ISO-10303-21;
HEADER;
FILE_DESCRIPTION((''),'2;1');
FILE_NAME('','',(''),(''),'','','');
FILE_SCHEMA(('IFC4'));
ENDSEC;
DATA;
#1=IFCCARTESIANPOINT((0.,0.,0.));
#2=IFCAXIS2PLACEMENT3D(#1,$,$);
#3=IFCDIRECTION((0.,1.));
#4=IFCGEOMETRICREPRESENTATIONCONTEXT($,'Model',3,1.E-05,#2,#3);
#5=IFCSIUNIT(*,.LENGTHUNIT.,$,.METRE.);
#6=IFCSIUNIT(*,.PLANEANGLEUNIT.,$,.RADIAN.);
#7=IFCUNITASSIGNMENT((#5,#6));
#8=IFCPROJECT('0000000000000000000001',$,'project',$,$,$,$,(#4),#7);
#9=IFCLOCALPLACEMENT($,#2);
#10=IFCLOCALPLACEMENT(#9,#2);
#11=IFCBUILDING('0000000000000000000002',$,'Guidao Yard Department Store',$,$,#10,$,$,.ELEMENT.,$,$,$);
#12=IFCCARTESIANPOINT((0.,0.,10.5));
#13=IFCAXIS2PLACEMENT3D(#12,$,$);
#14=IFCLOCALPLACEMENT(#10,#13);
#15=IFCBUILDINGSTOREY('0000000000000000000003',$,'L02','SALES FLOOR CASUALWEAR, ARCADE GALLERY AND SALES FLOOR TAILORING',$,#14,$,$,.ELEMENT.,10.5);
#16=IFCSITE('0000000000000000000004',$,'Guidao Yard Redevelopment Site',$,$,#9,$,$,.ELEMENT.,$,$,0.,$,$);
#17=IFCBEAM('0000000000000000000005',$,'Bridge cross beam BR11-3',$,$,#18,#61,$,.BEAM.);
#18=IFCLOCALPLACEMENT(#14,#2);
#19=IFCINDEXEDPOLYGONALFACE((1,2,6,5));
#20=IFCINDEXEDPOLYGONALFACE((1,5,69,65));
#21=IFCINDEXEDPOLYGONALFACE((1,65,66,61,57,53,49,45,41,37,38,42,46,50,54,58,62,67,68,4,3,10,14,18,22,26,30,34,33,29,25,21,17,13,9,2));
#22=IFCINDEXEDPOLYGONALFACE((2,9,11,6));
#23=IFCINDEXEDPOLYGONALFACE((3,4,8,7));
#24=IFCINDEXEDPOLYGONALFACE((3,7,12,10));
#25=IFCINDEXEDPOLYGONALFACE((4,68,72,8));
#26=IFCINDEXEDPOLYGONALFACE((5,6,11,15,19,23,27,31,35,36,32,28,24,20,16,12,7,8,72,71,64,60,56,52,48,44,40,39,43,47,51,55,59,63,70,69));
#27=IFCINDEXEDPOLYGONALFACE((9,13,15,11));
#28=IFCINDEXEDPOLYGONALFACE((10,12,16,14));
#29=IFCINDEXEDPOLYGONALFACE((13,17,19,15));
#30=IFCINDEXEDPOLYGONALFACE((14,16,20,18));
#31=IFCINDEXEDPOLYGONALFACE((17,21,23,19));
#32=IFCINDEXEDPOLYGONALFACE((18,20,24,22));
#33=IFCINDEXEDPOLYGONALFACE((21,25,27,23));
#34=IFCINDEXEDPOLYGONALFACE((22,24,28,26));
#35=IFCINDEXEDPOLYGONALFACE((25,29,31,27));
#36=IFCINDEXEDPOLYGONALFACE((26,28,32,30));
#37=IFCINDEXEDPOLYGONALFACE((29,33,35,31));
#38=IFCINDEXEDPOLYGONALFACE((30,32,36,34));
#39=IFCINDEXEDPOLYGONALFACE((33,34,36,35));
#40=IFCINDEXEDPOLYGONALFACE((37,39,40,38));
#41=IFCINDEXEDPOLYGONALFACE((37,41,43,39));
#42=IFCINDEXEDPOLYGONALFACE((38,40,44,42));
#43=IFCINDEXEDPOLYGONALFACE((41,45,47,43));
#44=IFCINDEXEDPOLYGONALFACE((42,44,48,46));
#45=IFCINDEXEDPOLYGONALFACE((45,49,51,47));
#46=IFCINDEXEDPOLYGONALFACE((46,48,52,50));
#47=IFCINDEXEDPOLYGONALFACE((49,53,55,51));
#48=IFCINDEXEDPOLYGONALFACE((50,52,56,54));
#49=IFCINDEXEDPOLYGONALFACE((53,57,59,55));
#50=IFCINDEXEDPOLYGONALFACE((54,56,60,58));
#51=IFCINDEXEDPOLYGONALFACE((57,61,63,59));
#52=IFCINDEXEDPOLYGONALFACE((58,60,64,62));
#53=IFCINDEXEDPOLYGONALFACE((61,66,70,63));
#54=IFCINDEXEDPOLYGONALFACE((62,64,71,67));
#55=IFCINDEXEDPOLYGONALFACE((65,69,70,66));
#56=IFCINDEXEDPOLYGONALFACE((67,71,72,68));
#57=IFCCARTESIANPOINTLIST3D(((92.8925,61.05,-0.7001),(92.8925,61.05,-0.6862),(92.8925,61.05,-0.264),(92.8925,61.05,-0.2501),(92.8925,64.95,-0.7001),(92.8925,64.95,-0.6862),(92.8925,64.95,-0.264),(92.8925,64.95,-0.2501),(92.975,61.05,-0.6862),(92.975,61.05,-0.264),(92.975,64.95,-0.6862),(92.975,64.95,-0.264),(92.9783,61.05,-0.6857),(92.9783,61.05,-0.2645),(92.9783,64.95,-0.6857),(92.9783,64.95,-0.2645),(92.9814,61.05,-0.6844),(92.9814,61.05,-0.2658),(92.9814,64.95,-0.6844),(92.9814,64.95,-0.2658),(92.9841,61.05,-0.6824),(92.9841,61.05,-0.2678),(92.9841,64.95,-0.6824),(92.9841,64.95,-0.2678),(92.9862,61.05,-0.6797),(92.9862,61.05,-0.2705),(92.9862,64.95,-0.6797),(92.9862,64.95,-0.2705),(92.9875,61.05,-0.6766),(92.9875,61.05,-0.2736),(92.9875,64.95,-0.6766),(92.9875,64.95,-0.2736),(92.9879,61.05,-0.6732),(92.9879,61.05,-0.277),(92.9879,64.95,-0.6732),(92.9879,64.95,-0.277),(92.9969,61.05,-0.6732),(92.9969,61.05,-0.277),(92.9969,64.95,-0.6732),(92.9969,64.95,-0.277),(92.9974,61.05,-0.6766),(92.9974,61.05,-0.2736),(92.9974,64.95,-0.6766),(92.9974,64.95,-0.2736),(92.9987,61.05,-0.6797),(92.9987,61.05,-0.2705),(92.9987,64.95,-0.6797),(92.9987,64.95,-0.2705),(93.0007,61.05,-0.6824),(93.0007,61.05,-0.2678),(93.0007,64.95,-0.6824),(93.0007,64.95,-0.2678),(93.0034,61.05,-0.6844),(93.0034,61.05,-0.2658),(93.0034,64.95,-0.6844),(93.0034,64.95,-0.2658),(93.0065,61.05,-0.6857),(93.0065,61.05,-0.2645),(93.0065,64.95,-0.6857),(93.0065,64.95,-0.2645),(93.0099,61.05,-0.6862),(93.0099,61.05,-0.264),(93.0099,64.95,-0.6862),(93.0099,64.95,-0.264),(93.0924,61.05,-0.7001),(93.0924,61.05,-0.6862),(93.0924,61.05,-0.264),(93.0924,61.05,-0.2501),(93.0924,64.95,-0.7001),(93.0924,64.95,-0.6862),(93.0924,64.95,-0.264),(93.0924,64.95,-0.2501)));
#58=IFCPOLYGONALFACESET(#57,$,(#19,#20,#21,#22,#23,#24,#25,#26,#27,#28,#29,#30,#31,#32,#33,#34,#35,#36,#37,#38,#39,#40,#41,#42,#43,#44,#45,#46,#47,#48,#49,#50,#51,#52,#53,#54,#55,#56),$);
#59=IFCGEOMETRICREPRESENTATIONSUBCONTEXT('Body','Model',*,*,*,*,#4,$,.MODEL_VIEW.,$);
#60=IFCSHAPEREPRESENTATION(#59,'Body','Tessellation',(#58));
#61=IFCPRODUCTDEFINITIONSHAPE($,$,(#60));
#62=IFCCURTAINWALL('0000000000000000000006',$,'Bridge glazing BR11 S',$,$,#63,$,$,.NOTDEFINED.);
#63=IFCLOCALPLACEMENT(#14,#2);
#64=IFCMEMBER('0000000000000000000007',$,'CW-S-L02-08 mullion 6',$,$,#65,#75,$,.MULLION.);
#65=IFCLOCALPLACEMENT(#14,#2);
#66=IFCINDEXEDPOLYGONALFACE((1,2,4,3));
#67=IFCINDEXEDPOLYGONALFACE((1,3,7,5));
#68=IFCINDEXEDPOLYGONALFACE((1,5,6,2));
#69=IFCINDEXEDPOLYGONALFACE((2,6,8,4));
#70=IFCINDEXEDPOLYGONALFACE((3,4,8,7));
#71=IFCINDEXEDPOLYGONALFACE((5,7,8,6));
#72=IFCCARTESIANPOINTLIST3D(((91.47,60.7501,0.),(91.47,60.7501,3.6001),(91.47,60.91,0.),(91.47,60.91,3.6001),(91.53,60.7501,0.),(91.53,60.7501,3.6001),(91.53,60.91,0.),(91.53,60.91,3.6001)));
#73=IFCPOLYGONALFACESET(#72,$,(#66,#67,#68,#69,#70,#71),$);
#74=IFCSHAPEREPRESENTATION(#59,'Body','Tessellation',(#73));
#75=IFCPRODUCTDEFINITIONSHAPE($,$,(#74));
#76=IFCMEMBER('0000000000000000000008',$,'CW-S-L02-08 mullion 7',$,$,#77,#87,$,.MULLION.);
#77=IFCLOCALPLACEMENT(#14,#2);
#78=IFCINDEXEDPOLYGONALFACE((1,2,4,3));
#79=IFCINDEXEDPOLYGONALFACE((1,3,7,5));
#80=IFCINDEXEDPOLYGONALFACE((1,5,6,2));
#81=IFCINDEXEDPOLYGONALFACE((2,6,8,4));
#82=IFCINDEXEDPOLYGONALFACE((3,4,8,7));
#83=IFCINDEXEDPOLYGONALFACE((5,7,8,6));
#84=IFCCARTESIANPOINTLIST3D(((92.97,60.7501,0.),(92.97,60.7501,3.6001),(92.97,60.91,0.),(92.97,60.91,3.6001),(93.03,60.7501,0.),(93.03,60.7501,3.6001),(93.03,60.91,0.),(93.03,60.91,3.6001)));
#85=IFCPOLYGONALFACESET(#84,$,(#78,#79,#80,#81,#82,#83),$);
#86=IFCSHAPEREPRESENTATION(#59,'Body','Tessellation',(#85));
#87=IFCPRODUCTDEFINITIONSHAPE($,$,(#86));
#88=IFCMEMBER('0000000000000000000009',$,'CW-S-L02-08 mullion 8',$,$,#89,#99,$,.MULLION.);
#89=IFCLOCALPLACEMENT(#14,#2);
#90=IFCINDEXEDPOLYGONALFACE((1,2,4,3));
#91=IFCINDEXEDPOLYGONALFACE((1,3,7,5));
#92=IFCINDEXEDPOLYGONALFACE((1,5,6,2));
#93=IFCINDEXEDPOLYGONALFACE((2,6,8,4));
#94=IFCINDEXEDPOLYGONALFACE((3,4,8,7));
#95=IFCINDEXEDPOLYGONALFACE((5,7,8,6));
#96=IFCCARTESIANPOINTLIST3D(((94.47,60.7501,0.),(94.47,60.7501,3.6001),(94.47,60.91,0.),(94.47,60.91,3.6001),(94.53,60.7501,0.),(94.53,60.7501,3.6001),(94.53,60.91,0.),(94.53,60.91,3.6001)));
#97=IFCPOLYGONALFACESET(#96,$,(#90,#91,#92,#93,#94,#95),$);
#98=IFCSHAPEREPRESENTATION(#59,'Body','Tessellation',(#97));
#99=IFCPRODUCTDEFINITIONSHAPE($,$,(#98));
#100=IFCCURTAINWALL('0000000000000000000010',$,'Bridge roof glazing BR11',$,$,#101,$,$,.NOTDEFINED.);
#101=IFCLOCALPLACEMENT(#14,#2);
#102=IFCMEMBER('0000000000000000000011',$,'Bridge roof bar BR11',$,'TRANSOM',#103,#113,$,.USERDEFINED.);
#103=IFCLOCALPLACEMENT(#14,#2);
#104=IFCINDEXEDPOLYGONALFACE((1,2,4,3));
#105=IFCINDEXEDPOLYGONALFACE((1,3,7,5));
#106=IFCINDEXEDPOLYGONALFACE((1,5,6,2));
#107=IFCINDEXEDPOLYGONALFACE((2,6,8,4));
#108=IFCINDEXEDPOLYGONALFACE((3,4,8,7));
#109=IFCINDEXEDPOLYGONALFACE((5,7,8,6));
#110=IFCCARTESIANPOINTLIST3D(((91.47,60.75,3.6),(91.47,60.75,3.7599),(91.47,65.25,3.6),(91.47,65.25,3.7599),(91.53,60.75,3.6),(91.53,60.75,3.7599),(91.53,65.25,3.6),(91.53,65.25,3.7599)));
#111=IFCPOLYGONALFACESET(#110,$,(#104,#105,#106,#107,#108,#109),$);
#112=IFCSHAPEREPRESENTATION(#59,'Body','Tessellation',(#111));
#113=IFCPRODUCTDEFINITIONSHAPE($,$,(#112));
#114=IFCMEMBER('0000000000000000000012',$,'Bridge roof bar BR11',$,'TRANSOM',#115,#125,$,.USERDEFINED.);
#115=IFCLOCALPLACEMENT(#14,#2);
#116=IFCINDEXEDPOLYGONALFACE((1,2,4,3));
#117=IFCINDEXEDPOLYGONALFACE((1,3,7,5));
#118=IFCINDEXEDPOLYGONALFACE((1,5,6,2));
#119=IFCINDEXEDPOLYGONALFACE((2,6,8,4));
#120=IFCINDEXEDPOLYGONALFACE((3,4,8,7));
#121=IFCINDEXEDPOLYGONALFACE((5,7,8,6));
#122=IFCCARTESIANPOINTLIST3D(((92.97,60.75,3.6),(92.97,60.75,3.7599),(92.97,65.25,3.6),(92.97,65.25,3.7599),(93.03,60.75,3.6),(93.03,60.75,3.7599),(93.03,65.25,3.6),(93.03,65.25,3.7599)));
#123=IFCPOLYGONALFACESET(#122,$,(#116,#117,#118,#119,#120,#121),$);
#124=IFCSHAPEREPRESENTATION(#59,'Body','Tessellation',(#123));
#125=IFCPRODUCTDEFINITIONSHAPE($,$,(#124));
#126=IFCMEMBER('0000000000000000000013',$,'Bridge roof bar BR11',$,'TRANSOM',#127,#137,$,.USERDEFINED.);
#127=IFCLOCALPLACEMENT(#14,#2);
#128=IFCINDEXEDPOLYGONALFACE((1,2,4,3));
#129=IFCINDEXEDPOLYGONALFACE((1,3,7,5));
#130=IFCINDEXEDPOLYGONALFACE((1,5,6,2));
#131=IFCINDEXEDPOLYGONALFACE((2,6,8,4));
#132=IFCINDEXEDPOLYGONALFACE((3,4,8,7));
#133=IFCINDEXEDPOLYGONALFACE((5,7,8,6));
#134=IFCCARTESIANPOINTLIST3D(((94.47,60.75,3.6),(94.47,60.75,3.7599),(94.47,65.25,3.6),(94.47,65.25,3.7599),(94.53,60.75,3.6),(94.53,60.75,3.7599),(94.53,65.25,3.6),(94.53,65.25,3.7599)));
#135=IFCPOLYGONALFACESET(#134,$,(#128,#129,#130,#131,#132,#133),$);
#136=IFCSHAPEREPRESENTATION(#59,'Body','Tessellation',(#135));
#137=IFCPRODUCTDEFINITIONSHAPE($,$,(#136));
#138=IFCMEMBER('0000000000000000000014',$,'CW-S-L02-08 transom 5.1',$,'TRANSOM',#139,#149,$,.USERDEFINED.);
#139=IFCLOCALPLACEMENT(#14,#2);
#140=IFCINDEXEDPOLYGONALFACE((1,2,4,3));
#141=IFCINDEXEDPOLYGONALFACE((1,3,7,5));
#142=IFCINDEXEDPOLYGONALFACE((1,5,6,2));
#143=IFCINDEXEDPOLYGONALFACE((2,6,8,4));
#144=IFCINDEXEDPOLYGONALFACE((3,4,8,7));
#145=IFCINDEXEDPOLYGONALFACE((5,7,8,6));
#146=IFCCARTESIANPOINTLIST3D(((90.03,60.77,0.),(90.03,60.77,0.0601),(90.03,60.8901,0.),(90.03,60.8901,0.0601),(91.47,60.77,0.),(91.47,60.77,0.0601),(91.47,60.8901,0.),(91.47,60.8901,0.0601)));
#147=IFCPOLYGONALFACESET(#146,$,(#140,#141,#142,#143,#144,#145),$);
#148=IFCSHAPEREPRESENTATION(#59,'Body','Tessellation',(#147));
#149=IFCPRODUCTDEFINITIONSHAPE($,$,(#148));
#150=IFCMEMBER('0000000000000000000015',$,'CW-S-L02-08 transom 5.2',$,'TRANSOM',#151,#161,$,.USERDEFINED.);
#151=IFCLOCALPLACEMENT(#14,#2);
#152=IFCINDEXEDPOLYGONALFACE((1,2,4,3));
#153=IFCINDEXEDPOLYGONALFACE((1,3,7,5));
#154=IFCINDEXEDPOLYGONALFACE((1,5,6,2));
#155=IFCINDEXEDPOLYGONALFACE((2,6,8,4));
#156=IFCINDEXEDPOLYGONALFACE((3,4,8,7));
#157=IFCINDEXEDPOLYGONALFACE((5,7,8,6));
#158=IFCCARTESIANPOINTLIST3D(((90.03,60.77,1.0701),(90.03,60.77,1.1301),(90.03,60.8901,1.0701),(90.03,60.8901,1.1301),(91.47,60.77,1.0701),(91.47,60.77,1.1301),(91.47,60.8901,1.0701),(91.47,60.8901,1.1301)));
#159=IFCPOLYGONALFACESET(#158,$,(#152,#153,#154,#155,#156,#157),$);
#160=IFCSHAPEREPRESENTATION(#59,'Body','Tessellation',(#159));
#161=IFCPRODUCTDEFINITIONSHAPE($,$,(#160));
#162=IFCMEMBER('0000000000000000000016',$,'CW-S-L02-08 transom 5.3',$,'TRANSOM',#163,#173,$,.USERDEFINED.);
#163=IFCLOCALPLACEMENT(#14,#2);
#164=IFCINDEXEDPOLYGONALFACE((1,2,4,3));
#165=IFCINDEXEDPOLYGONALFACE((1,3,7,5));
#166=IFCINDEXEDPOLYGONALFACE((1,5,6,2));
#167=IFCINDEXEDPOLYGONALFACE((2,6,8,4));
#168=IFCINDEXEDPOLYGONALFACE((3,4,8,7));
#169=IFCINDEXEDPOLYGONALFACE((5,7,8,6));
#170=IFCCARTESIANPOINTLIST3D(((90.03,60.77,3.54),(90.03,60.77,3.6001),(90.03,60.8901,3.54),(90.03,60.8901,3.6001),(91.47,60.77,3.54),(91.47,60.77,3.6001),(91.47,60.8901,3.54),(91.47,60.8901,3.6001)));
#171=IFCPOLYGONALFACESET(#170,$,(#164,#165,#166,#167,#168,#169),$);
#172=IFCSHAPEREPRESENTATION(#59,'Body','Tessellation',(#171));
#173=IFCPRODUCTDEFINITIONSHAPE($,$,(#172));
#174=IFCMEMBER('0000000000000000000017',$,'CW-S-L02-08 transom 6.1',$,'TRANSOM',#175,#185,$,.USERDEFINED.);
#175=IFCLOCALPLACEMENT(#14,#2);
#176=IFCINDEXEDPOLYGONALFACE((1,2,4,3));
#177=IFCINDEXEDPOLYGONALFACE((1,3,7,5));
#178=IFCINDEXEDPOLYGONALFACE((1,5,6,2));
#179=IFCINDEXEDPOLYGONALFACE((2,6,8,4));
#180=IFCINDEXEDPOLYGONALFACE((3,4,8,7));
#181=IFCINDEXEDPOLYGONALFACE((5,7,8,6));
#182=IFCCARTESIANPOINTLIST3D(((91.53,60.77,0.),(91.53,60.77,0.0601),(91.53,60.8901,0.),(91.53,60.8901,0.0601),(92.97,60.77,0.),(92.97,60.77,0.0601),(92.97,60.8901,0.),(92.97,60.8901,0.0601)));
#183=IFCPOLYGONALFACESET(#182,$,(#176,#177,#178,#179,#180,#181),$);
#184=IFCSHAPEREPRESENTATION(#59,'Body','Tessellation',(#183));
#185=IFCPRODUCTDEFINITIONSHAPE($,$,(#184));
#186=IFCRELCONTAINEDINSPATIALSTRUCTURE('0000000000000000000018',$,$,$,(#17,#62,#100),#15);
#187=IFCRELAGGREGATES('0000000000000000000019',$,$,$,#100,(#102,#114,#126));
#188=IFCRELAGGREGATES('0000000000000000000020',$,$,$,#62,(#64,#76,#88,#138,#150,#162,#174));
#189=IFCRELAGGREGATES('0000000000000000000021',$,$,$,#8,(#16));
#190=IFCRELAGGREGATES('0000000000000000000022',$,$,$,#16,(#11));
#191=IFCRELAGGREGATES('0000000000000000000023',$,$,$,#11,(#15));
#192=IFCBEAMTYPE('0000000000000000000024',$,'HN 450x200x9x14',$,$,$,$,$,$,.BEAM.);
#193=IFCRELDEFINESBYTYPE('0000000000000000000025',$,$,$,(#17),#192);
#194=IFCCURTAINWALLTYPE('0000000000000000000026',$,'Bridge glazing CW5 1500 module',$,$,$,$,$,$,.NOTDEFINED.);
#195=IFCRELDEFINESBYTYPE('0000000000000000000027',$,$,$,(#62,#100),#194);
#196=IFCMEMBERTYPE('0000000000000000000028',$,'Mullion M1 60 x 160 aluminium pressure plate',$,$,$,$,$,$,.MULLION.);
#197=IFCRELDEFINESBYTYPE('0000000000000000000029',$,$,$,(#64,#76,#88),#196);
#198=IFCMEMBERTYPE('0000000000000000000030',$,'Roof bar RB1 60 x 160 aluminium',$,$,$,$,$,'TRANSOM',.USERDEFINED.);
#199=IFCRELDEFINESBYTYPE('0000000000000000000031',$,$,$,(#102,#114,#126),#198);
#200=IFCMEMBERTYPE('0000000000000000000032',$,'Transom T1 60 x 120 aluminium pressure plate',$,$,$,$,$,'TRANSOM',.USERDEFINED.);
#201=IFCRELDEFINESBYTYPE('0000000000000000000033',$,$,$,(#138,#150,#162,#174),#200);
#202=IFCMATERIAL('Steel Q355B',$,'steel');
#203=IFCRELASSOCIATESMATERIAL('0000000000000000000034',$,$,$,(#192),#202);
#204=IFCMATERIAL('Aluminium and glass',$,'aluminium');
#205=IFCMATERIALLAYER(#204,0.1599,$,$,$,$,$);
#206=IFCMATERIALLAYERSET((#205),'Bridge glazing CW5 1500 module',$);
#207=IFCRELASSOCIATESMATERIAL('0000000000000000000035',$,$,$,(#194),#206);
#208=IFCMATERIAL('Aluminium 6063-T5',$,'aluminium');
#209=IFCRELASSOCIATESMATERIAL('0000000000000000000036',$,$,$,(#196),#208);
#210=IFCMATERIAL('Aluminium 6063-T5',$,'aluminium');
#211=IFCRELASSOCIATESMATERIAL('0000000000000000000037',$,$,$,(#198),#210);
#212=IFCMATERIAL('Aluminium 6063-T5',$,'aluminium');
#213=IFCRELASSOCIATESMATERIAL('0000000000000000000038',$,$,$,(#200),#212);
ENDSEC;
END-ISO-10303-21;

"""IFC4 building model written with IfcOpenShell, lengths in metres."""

from ifc_helpers import new_model, si_unit, direction, frame, origin, origin_2d, place, context, subcontext, project, spatial, rectangle, i_section, extrude, material, layer, layer_set, material_profile, profile_set, type_object, element, aggregate, save


model = new_model("IFC4")

# Units and contexts
model_context = context("Model", 3, precision=1e-05, world=origin(), true_north=direction((0.0, 1.0)))
body_context = subcontext(model_context, "Body", "Model", "MODEL_VIEW")
ifc_project = project(units=[si_unit("LENGTHUNIT", "METRE"), si_unit("PLANEANGLEUNIT", "RADIAN")], contexts=[model_context])

# Site, building, storey
site_placement = place(None, origin())
site = spatial("IfcSite", under=ifc_project, at=site_placement, Name="Guidao Yard Redevelopment Site", CompositionType="ELEMENT", RefElevation=0.0)
building_placement = place(site_placement, origin())
building = spatial("IfcBuilding", under=site, at=building_placement, Name="Guidao Yard Department Store", CompositionType="ELEMENT")
storey_placement = place(building_placement, frame((0.0, 0.0, 10.5)))
storey = spatial("IfcBuildingStorey", under=building, at=storey_placement, Name="L02", Description="SALES FLOOR CASUALWEAR, ARCADE GALLERY AND SALES FLOOR TAILORING", CompositionType="ELEMENT", Elevation=10.5)

# Beam
ifc_material_1 = material(Name="Steel Q355B", Category="steel")
ifc_material_profile_1 = material_profile(ifc_material_1, i_section(OverallWidth=0.2, OverallDepth=0.45, WebThickness=0.009, FlangeThickness=0.0139, FilletRadius=0.0129, at=origin_2d()), Name="HN 450x200x9x14")
ifc_profile_set_1 = profile_set([ifc_material_profile_1], Name="Steel Q355B")
beam_type = type_object("IfcBeamType", Name="HN 450x200x9x14", PredefinedType="BEAM", material=ifc_profile_set_1)
beam_placement = place(storey_placement, frame((92.9924, 61.05, -0.4751), z_axis=(0.0, 1.0, 0.0), x_axis=(-1.0, 0.0, 0.0)))
element("IfcBeam", 1, at=beam_placement, inside=storey, type_object=beam_type, Name="Bridge cross beam BR11-3", PredefinedType="BEAM", context=body_context, shape_type="SweptSolid", body=[
    extrude(i_section(OverallWidth=0.2, OverallDepth=0.45, WebThickness=0.009, FlangeThickness=0.0139, FilletRadius=0.0129, at=origin_2d()), origin(), (0.0, 0.0, 1.0), 3.8999),
])

# Curtain walls, members
ifc_material_2 = material(Name="Aluminium and glass", Category="aluminium")
ifc_layer_1 = layer(ifc_material_2, 0.1599)
ifc_layer_set_1 = layer_set([ifc_layer_1], Name="Bridge glazing CW5 1500 module")
curtain_wall_type = type_object("IfcCurtainWallType", Name="Bridge glazing CW5 1500 module", PredefinedType="NOTDEFINED", material=ifc_layer_set_1)
curtain_wall_1_placement = place(storey_placement, origin())
curtain_wall_1 = element("IfcCurtainWall", 2, at=curtain_wall_1_placement, inside=storey, type_object=curtain_wall_type, Name="Bridge glazing BR11 S", PredefinedType="NOTDEFINED")
ifc_material_3 = material(Name="Aluminium 6063-T5", Category="aluminium")
ifc_material_profile_2 = material_profile(ifc_material_3, rectangle(XDim=0.0601, YDim=0.1599, at=origin_2d()), Name="Mullion M1 60 x 160 aluminium pressure plate")
ifc_profile_set_2 = profile_set([ifc_material_profile_2], Name="Aluminium 6063-T5")
member_type_1 = type_object("IfcMemberType", Name="Mullion M1 60 x 160 aluminium pressure plate", PredefinedType="MULLION", material=ifc_profile_set_2)
member_1_placement = place(storey_placement, frame((91.5, 60.8301, 0.0), z_axis=(0.0, 0.0, 1.0), x_axis=(-1.0, 0.0, 0.0)))
member_1 = element("IfcMember", 3, at=member_1_placement, type_object=member_type_1, Name="CW-S-L02-08 mullion 6", PredefinedType="MULLION", context=body_context, shape_type="SweptSolid", body=[
    extrude(rectangle(XDim=0.0601, YDim=0.1599, at=origin_2d()), origin(), (0.0, 0.0, 1.0), 3.6001),
])
member_2_placement = place(storey_placement, frame((93.0, 60.8301, 0.0), z_axis=(0.0, 0.0, 1.0), x_axis=(-1.0, 0.0, 0.0)))
member_2 = element("IfcMember", 4, at=member_2_placement, type_object=member_type_1, Name="CW-S-L02-08 mullion 7", PredefinedType="MULLION", context=body_context, shape_type="SweptSolid", body=[
    extrude(rectangle(XDim=0.0601, YDim=0.1599, at=origin_2d()), origin(), (0.0, 0.0, 1.0), 3.6001),
])
member_3_placement = place(storey_placement, frame((94.5, 60.8301, 0.0), z_axis=(0.0, 0.0, 1.0), x_axis=(-1.0, 0.0, 0.0)))
member_3 = element("IfcMember", 5, at=member_3_placement, type_object=member_type_1, Name="CW-S-L02-08 mullion 8", PredefinedType="MULLION", context=body_context, shape_type="SweptSolid", body=[
    extrude(rectangle(XDim=0.0601, YDim=0.1599, at=origin_2d()), origin(), (0.0, 0.0, 1.0), 3.6001),
])
curtain_wall_2_placement = place(storey_placement, origin())
curtain_wall_2 = element("IfcCurtainWall", 6, at=curtain_wall_2_placement, inside=storey, type_object=curtain_wall_type, Name="Bridge roof glazing BR11", PredefinedType="NOTDEFINED")
ifc_material_4 = material(Name="Aluminium 6063-T5", Category="aluminium")
ifc_material_profile_3 = material_profile(ifc_material_4, rectangle(XDim=0.0601, YDim=0.1599, at=origin_2d()), Name="Roof bar RB1 60 x 160 aluminium")
ifc_profile_set_3 = profile_set([ifc_material_profile_3], Name="Aluminium 6063-T5")
member_type_2 = type_object("IfcMemberType", Name="Roof bar RB1 60 x 160 aluminium", ElementType="TRANSOM", PredefinedType="USERDEFINED", material=ifc_profile_set_3)
member_4_placement = place(storey_placement, frame((91.5, 60.75, 3.6799), z_axis=(0.0, 1.0, 0.0), x_axis=(-1.0, 0.0, 0.0)))
member_4 = element("IfcMember", 7, at=member_4_placement, type_object=member_type_2, Name="Bridge roof bar BR11", ObjectType="TRANSOM", PredefinedType="USERDEFINED", context=body_context, shape_type="SweptSolid", body=[
    extrude(rectangle(XDim=0.0601, YDim=0.1599, at=origin_2d()), origin(), (0.0, 0.0, 1.0), 4.5),
])
member_5_placement = place(storey_placement, frame((93.0, 60.75, 3.6799), z_axis=(0.0, 1.0, 0.0), x_axis=(-1.0, 0.0, 0.0)))
member_5 = element("IfcMember", 8, at=member_5_placement, type_object=member_type_2, Name="Bridge roof bar BR11", ObjectType="TRANSOM", PredefinedType="USERDEFINED", context=body_context, shape_type="SweptSolid", body=[
    extrude(rectangle(XDim=0.0601, YDim=0.1599, at=origin_2d()), origin(), (0.0, 0.0, 1.0), 4.5),
])
member_6_placement = place(storey_placement, frame((94.5, 60.75, 3.6799), z_axis=(0.0, 1.0, 0.0), x_axis=(-1.0, 0.0, 0.0)))
member_6 = element("IfcMember", 9, at=member_6_placement, type_object=member_type_2, Name="Bridge roof bar BR11", ObjectType="TRANSOM", PredefinedType="USERDEFINED", context=body_context, shape_type="SweptSolid", body=[
    extrude(rectangle(XDim=0.0601, YDim=0.1599, at=origin_2d()), origin(), (0.0, 0.0, 1.0), 4.5),
])
aggregate(curtain_wall_2, [member_4, member_5, member_6])

# Members
ifc_material_5 = material(Name="Aluminium 6063-T5", Category="aluminium")
ifc_material_profile_4 = material_profile(ifc_material_5, rectangle(XDim=0.1201, YDim=0.0601, at=origin_2d()), Name="Transom T1 60 x 120 aluminium pressure plate")
ifc_profile_set_4 = profile_set([ifc_material_profile_4], Name="Aluminium 6063-T5")
member_type_3 = type_object("IfcMemberType", Name="Transom T1 60 x 120 aluminium pressure plate", ElementType="TRANSOM", PredefinedType="USERDEFINED", material=ifc_profile_set_4)
member_7_placement = place(storey_placement, frame((91.47, 60.8301, 0.03), z_axis=(-1.0, 0.0, 0.0), x_axis=(0.0, -1.0, 0.0)))
member_7 = element("IfcMember", 10, at=member_7_placement, type_object=member_type_3, Name="CW-S-L02-08 transom 5.1", ObjectType="TRANSOM", PredefinedType="USERDEFINED", context=body_context, shape_type="SweptSolid", body=[
    extrude(rectangle(XDim=0.1201, YDim=0.0601, at=origin_2d()), origin(), (0.0, 0.0, 1.0), 1.4399),
])
member_8_placement = place(storey_placement, frame((91.47, 60.8301, 1.1001), z_axis=(-1.0, 0.0, 0.0), x_axis=(0.0, -1.0, 0.0)))
member_8 = element("IfcMember", 11, at=member_8_placement, type_object=member_type_3, Name="CW-S-L02-08 transom 5.2", ObjectType="TRANSOM", PredefinedType="USERDEFINED", context=body_context, shape_type="SweptSolid", body=[
    extrude(rectangle(XDim=0.1201, YDim=0.0601, at=origin_2d()), origin(), (0.0, 0.0, 1.0), 1.4399),
])
member_9_placement = place(storey_placement, frame((91.47, 60.8301, 3.5701), z_axis=(-1.0, 0.0, 0.0), x_axis=(0.0, -1.0, 0.0)))
member_9 = element("IfcMember", 12, at=member_9_placement, type_object=member_type_3, Name="CW-S-L02-08 transom 5.3", ObjectType="TRANSOM", PredefinedType="USERDEFINED", context=body_context, shape_type="SweptSolid", body=[
    extrude(rectangle(XDim=0.1201, YDim=0.0601, at=origin_2d()), origin(), (0.0, 0.0, 1.0), 1.4399),
])
member_10_placement = place(storey_placement, frame((92.97, 60.8301, 0.03), z_axis=(-1.0, 0.0, 0.0), x_axis=(0.0, -1.0, 0.0)))
member_10 = element("IfcMember", 13, at=member_10_placement, type_object=member_type_3, Name="CW-S-L02-08 transom 6.1", ObjectType="TRANSOM", PredefinedType="USERDEFINED", context=body_context, shape_type="SweptSolid", body=[
    extrude(rectangle(XDim=0.1201, YDim=0.0601, at=origin_2d()), origin(), (0.0, 0.0, 1.0), 1.4399),
])

aggregate(curtain_wall_1, [member_1, member_2, member_3, member_7, member_8, member_9, member_10])

save(model, "model.ifc")
